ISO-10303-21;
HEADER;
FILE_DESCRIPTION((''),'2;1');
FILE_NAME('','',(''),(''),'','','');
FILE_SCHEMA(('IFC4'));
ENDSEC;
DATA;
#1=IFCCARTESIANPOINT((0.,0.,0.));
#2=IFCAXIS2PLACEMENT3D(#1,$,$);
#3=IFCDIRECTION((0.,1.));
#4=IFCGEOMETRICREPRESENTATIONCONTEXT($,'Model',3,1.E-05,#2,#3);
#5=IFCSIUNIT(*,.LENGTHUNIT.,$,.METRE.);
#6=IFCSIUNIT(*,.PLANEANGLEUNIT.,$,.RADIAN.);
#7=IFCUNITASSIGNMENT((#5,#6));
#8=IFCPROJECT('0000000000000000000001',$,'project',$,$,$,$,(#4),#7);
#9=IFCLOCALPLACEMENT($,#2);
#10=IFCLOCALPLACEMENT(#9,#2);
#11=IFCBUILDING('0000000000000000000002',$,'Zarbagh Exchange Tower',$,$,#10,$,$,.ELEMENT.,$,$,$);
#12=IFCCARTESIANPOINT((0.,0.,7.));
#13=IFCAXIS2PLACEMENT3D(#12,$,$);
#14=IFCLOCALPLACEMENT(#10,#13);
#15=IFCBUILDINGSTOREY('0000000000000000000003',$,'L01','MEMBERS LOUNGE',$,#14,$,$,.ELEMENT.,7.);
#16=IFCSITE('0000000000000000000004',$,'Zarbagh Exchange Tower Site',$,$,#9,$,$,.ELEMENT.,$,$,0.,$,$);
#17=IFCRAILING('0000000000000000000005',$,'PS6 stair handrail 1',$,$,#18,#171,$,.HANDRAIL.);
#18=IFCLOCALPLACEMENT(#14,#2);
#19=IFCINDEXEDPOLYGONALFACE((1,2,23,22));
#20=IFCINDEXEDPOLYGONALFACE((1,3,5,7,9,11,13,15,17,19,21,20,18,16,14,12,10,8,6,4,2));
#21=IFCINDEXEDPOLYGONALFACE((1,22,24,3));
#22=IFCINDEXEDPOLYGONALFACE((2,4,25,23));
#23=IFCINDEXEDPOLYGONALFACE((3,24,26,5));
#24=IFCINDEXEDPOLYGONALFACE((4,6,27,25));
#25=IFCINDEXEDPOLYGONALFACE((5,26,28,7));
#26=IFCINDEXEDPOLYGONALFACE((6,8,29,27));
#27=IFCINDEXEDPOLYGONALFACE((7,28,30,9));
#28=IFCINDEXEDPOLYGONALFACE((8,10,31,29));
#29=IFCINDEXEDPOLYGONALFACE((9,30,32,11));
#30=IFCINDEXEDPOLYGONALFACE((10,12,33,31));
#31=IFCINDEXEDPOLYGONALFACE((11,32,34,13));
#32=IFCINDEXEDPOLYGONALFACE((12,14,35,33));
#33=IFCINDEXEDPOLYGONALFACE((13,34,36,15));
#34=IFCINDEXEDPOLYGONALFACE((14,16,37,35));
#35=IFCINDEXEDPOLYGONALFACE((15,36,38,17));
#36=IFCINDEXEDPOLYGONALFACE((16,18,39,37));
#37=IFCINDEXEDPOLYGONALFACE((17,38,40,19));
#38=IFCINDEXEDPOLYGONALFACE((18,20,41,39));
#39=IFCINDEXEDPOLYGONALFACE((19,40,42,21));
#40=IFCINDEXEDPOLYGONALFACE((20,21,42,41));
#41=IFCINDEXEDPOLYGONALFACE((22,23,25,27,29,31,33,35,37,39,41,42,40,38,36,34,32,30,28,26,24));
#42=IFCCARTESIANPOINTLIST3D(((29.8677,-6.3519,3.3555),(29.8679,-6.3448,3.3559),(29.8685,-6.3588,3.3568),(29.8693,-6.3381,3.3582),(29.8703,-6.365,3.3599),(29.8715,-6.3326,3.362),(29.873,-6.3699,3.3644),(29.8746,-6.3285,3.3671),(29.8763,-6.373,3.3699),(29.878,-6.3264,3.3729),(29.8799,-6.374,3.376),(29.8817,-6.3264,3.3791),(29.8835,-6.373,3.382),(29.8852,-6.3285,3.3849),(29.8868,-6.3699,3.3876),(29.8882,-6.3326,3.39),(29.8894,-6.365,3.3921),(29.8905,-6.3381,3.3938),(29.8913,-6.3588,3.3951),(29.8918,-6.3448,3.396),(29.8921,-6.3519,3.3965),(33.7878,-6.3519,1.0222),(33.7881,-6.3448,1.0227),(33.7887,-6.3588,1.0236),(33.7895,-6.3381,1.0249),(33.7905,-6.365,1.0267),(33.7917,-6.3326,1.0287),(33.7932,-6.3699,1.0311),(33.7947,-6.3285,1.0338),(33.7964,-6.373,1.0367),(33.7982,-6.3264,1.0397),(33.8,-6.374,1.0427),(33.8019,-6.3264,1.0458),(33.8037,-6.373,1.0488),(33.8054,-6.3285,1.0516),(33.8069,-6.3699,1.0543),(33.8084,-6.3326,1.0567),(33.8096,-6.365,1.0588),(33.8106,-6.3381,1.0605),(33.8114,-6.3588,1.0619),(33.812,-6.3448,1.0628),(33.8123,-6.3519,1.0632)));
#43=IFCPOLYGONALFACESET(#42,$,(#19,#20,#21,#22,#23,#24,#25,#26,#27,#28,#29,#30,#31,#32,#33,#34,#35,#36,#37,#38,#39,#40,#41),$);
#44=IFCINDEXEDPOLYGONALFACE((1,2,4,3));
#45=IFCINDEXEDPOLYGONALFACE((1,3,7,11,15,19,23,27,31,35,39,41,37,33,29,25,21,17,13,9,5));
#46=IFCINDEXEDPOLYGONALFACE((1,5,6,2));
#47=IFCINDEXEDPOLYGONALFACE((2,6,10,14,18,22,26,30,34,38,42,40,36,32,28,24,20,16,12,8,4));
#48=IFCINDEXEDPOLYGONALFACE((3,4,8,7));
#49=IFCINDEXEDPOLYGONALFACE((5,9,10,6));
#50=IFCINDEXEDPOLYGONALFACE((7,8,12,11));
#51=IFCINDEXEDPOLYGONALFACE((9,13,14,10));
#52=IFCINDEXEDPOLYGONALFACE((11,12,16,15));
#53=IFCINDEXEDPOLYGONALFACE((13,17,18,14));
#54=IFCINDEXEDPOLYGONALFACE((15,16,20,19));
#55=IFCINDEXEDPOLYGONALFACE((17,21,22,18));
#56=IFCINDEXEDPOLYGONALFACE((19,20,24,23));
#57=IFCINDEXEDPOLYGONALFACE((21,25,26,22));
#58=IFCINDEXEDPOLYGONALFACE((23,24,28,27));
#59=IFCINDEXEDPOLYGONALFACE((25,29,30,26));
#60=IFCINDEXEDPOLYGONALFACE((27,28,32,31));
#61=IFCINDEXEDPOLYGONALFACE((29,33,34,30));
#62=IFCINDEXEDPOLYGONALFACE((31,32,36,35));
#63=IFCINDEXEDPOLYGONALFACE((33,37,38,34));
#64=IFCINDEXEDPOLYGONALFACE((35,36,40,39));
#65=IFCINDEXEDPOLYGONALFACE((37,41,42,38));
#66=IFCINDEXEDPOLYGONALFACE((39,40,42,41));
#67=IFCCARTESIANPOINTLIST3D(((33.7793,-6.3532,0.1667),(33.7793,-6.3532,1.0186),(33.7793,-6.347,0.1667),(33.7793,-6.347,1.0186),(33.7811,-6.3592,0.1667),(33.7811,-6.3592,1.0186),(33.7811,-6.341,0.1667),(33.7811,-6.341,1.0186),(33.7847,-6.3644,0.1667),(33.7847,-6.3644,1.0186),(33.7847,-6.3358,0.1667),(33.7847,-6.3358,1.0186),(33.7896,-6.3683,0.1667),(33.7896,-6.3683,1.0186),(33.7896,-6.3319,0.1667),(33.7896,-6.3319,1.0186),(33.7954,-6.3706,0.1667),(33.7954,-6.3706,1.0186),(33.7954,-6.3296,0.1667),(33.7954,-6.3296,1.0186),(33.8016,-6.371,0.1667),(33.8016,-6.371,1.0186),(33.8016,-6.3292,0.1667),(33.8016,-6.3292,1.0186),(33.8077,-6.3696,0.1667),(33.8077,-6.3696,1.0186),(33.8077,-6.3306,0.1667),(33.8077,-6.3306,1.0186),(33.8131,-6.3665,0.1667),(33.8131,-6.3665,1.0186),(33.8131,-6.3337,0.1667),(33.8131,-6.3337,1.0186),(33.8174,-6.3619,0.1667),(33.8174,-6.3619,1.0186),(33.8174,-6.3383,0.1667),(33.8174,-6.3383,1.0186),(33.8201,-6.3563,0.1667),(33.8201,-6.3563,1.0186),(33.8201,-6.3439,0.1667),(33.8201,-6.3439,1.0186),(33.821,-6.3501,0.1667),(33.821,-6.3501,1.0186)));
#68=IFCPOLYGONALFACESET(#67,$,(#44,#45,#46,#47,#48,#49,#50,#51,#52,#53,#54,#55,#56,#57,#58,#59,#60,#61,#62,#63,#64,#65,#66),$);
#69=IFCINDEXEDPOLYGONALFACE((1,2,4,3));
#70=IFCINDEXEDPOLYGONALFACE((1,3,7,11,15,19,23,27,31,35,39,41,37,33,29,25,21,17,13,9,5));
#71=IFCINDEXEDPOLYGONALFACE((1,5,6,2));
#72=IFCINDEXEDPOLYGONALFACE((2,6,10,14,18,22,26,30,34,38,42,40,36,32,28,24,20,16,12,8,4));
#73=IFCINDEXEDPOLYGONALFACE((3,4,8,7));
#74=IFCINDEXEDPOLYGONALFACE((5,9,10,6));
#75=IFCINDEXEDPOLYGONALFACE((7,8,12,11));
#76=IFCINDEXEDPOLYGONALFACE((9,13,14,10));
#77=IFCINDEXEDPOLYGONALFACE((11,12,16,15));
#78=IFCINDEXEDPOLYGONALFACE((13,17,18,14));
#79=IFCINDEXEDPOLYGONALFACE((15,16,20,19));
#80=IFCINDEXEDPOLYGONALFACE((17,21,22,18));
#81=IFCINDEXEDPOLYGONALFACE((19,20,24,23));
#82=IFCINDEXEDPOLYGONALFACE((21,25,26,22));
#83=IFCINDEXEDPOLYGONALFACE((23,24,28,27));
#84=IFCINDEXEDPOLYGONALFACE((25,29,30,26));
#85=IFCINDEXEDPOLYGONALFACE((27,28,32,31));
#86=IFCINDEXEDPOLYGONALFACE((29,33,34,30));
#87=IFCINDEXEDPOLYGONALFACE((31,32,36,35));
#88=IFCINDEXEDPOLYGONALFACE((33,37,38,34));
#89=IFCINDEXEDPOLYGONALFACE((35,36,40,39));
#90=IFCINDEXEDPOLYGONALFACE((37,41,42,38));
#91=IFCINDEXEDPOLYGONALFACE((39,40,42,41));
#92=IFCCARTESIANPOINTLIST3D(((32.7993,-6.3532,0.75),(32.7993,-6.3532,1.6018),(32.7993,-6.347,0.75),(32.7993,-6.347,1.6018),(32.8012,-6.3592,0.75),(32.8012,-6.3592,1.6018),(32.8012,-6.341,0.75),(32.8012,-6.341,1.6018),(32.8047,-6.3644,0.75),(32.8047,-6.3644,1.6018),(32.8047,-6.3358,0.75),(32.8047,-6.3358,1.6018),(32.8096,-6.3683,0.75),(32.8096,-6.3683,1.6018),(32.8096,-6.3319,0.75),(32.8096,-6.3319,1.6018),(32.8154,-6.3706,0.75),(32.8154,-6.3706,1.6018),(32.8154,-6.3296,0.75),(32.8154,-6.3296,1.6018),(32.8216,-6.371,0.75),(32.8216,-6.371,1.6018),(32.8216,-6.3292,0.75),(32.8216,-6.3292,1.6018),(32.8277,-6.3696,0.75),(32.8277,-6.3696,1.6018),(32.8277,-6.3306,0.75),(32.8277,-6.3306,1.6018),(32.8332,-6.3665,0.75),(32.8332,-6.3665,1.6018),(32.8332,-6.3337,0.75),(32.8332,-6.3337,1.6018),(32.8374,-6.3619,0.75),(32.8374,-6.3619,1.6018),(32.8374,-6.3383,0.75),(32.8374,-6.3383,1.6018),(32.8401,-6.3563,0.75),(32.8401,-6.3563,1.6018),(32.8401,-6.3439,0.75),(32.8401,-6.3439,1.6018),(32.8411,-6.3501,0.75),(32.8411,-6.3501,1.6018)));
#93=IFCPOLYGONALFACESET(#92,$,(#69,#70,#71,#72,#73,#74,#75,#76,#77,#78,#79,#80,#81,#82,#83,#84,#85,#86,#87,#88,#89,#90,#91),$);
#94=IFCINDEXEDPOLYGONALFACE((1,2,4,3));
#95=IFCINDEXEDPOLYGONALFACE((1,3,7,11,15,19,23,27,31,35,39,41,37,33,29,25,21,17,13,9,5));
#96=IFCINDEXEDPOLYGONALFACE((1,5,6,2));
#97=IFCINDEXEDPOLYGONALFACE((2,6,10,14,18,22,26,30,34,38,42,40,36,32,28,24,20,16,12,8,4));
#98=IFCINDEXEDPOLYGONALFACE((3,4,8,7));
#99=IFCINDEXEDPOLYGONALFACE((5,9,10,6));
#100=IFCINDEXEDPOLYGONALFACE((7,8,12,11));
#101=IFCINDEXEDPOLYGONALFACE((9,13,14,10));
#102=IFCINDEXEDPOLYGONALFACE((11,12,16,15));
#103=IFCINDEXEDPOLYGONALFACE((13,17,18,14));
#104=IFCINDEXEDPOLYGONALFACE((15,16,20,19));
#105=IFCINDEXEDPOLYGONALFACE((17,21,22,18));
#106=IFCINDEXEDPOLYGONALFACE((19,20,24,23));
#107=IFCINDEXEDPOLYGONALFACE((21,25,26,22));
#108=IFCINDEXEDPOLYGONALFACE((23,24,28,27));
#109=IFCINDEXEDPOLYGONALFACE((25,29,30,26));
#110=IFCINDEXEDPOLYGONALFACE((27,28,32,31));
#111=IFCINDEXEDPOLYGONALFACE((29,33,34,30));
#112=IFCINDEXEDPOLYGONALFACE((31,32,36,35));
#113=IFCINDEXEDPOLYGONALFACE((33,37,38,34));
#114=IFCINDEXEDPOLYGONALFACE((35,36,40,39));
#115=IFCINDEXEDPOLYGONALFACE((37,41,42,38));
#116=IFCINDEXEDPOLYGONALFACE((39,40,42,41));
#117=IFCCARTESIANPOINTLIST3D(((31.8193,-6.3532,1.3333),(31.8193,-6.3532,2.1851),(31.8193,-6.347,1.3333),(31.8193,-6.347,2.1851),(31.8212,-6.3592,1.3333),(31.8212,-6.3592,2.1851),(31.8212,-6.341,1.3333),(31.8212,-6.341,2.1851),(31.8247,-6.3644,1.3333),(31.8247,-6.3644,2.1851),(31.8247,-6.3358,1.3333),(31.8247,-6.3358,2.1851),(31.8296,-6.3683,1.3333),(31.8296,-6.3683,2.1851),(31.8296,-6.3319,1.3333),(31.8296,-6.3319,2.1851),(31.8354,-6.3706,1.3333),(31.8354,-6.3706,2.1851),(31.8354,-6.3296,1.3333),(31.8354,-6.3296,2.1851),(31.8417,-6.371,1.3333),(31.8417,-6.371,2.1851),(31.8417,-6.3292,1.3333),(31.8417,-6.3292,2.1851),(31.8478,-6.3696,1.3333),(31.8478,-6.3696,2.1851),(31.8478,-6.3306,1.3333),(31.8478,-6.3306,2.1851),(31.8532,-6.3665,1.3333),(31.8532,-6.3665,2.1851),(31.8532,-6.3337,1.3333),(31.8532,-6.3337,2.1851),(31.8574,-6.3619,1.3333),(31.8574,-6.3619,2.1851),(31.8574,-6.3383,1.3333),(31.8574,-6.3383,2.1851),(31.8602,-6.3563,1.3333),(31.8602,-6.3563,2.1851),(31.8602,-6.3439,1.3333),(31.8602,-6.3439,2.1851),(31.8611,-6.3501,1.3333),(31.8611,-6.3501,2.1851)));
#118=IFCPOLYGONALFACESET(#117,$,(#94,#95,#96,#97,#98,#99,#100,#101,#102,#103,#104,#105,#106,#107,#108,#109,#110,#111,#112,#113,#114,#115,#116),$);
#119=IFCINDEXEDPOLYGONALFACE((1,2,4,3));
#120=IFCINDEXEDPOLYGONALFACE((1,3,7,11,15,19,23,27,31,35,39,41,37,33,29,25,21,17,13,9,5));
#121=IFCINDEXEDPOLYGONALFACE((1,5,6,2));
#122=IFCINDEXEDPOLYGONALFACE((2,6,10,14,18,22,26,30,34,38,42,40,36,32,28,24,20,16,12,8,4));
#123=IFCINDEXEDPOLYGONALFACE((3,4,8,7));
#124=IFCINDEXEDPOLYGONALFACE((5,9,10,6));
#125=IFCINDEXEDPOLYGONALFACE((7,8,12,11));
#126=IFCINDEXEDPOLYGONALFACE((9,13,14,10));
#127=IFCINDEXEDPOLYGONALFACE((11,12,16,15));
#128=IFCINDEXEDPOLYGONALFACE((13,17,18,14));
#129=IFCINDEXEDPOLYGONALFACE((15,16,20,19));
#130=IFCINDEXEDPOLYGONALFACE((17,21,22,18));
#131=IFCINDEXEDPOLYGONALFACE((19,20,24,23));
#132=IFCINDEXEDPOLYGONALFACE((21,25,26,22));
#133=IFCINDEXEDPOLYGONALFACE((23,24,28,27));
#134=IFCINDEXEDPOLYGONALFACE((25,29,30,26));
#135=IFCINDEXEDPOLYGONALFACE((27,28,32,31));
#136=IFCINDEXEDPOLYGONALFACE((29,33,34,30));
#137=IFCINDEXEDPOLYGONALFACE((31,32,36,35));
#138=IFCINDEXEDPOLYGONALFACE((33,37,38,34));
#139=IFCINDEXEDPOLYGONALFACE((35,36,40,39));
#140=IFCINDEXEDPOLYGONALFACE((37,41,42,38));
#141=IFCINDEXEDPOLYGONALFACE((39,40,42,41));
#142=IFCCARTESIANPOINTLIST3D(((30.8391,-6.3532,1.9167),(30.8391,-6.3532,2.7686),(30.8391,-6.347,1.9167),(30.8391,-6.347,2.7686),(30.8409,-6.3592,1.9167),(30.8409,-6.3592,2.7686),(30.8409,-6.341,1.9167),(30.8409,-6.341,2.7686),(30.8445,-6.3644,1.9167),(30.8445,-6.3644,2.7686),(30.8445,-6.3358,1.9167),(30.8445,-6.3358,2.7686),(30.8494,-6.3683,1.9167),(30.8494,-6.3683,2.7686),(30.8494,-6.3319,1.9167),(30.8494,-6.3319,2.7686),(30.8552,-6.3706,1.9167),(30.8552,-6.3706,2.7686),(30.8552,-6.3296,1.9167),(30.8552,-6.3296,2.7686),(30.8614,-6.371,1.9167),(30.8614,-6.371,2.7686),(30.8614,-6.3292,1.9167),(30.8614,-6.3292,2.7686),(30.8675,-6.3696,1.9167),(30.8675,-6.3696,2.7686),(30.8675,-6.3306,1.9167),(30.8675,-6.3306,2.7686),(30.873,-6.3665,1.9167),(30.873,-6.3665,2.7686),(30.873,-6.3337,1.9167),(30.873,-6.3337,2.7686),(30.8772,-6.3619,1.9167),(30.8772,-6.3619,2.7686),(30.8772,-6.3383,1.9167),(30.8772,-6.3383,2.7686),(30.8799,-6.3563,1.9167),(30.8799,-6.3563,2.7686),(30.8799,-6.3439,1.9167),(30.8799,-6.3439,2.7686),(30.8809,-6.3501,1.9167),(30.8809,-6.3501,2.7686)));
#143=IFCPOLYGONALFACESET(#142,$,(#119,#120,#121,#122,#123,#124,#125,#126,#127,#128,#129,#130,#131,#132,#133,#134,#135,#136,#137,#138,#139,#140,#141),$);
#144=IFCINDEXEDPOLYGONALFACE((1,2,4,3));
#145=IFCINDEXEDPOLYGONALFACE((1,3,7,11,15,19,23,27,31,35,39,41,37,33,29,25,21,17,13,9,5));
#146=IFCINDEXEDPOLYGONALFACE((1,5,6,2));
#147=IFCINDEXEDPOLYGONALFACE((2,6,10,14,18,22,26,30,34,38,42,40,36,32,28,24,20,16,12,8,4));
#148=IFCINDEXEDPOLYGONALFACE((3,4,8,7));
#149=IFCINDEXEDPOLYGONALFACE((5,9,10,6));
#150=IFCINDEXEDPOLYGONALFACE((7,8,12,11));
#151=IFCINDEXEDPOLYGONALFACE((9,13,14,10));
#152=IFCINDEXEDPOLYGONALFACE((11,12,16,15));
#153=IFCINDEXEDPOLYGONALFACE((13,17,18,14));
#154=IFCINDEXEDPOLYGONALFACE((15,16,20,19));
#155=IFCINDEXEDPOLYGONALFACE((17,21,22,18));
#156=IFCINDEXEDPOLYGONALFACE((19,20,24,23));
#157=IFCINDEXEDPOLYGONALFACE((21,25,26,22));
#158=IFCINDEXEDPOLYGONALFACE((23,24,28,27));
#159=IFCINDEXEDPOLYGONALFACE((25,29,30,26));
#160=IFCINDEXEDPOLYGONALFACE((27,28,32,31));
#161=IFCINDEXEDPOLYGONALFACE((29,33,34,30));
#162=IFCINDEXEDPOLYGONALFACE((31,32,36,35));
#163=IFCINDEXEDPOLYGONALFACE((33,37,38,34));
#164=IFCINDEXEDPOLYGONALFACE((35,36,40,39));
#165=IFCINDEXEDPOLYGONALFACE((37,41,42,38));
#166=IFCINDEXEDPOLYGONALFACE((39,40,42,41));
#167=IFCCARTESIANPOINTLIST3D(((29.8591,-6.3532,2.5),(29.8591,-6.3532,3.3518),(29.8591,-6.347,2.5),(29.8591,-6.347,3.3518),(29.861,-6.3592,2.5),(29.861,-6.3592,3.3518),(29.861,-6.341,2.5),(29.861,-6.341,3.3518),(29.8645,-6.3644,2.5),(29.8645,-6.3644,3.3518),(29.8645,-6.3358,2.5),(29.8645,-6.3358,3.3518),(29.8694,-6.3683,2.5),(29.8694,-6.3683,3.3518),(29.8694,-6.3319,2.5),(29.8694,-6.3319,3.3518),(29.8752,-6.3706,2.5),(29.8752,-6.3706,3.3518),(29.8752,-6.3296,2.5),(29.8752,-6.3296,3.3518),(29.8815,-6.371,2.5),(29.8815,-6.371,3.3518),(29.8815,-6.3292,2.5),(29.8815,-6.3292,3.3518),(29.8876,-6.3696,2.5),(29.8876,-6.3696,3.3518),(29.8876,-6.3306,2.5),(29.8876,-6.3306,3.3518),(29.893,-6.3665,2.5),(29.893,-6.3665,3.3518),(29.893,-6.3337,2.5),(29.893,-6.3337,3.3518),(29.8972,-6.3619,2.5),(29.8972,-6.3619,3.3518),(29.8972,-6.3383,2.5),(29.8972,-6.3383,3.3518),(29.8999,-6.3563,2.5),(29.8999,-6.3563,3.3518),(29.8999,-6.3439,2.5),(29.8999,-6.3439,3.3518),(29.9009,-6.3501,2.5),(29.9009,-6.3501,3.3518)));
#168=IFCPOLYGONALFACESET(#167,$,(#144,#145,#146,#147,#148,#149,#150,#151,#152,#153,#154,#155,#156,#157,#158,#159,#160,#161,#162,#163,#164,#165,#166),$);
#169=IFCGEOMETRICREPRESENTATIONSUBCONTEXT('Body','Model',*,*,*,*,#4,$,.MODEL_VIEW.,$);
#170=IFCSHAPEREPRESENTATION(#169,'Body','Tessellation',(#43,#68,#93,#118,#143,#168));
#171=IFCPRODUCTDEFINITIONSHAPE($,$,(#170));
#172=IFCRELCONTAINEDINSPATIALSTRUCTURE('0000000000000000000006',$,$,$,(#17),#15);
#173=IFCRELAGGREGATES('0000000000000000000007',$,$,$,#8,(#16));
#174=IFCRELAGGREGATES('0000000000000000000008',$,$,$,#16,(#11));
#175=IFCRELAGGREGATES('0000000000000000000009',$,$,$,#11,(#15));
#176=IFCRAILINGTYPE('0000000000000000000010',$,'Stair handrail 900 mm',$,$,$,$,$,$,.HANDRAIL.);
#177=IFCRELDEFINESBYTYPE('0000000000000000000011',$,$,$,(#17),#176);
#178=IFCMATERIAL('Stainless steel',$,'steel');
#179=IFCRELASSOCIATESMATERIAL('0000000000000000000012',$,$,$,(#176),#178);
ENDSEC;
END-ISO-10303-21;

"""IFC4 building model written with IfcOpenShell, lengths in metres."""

from ifc_helpers import new_model, si_unit, direction, frame, origin, origin_2d, place, context, subcontext, project, spatial, circle, extrude, material, type_object, element, save


model = new_model("IFC4")

# Units and contexts
model_context = context("Model", 3, precision=1e-05, world=origin(), true_north=direction((0.0, 1.0)))
body_context = subcontext(model_context, "Body", "Model", "MODEL_VIEW")
ifc_project = project(units=[si_unit("LENGTHUNIT", "METRE"), si_unit("PLANEANGLEUNIT", "RADIAN")], contexts=[model_context])

# Site, building, storey
site_placement = place(None, origin())
site = spatial("IfcSite", under=ifc_project, at=site_placement, Name="Zarbagh Exchange Tower Site", CompositionType="ELEMENT", RefElevation=0.0)
building_placement = place(site_placement, origin())
building = spatial("IfcBuilding", under=site, at=building_placement, Name="Zarbagh Exchange Tower", CompositionType="ELEMENT")
storey_placement = place(building_placement, frame((0.0, 0.0, 7.0)))
storey = spatial("IfcBuildingStorey", under=building, at=storey_placement, Name="L01", Description="MEMBERS LOUNGE", CompositionType="ELEMENT", Elevation=7.0)

# Railing
ifc_material_1 = material(Name="Stainless steel", Category="steel")
railing_type_1 = type_object("IfcRailingType", Name="Stair handrail 900 mm", PredefinedType="HANDRAIL", material=ifc_material_1)
railing_1_placement = place(storey_placement, frame((33.8, -6.3501, 0.1667)))
element("IfcRailing", 1, at=railing_1_placement, inside=storey, type_object=railing_type_1, Name="PS6 stair handrail 1", PredefinedType="HANDRAIL", context=body_context, shape_type="SweptSolid", body=[
    extrude(circle(Radius=0.0239, at=origin_2d()), frame((0.0, 0.0, 0.876), z_axis=(-0.85931, 0.0, 0.511455), x_axis=(0.0, -1.0, 0.0)), (0.0, 0.0, 1.0), 4.562),
    extrude(circle(Radius=0.021, at=origin_2d()), origin(), (0.0, 0.0, 1.0), 0.8518),
    extrude(circle(Radius=0.021, at=origin_2d()), frame((-0.98, 0.0, 0.5833)), (0.0, 0.0, 1.0), 0.8518),
    extrude(circle(Radius=0.021, at=origin_2d()), frame((-1.96, 0.0, 1.1665)), (0.0, 0.0, 1.0), 0.8518),
    extrude(circle(Radius=0.021, at=origin_2d()), frame((-2.9402, 0.0, 1.75)), (0.0, 0.0, 1.0), 0.8518),
    extrude(circle(Radius=0.021, at=origin_2d()), frame((-3.9202, 0.0, 2.3333)), (0.0, 0.0, 1.0), 0.8518),
])

save(model, "model.ifc")
